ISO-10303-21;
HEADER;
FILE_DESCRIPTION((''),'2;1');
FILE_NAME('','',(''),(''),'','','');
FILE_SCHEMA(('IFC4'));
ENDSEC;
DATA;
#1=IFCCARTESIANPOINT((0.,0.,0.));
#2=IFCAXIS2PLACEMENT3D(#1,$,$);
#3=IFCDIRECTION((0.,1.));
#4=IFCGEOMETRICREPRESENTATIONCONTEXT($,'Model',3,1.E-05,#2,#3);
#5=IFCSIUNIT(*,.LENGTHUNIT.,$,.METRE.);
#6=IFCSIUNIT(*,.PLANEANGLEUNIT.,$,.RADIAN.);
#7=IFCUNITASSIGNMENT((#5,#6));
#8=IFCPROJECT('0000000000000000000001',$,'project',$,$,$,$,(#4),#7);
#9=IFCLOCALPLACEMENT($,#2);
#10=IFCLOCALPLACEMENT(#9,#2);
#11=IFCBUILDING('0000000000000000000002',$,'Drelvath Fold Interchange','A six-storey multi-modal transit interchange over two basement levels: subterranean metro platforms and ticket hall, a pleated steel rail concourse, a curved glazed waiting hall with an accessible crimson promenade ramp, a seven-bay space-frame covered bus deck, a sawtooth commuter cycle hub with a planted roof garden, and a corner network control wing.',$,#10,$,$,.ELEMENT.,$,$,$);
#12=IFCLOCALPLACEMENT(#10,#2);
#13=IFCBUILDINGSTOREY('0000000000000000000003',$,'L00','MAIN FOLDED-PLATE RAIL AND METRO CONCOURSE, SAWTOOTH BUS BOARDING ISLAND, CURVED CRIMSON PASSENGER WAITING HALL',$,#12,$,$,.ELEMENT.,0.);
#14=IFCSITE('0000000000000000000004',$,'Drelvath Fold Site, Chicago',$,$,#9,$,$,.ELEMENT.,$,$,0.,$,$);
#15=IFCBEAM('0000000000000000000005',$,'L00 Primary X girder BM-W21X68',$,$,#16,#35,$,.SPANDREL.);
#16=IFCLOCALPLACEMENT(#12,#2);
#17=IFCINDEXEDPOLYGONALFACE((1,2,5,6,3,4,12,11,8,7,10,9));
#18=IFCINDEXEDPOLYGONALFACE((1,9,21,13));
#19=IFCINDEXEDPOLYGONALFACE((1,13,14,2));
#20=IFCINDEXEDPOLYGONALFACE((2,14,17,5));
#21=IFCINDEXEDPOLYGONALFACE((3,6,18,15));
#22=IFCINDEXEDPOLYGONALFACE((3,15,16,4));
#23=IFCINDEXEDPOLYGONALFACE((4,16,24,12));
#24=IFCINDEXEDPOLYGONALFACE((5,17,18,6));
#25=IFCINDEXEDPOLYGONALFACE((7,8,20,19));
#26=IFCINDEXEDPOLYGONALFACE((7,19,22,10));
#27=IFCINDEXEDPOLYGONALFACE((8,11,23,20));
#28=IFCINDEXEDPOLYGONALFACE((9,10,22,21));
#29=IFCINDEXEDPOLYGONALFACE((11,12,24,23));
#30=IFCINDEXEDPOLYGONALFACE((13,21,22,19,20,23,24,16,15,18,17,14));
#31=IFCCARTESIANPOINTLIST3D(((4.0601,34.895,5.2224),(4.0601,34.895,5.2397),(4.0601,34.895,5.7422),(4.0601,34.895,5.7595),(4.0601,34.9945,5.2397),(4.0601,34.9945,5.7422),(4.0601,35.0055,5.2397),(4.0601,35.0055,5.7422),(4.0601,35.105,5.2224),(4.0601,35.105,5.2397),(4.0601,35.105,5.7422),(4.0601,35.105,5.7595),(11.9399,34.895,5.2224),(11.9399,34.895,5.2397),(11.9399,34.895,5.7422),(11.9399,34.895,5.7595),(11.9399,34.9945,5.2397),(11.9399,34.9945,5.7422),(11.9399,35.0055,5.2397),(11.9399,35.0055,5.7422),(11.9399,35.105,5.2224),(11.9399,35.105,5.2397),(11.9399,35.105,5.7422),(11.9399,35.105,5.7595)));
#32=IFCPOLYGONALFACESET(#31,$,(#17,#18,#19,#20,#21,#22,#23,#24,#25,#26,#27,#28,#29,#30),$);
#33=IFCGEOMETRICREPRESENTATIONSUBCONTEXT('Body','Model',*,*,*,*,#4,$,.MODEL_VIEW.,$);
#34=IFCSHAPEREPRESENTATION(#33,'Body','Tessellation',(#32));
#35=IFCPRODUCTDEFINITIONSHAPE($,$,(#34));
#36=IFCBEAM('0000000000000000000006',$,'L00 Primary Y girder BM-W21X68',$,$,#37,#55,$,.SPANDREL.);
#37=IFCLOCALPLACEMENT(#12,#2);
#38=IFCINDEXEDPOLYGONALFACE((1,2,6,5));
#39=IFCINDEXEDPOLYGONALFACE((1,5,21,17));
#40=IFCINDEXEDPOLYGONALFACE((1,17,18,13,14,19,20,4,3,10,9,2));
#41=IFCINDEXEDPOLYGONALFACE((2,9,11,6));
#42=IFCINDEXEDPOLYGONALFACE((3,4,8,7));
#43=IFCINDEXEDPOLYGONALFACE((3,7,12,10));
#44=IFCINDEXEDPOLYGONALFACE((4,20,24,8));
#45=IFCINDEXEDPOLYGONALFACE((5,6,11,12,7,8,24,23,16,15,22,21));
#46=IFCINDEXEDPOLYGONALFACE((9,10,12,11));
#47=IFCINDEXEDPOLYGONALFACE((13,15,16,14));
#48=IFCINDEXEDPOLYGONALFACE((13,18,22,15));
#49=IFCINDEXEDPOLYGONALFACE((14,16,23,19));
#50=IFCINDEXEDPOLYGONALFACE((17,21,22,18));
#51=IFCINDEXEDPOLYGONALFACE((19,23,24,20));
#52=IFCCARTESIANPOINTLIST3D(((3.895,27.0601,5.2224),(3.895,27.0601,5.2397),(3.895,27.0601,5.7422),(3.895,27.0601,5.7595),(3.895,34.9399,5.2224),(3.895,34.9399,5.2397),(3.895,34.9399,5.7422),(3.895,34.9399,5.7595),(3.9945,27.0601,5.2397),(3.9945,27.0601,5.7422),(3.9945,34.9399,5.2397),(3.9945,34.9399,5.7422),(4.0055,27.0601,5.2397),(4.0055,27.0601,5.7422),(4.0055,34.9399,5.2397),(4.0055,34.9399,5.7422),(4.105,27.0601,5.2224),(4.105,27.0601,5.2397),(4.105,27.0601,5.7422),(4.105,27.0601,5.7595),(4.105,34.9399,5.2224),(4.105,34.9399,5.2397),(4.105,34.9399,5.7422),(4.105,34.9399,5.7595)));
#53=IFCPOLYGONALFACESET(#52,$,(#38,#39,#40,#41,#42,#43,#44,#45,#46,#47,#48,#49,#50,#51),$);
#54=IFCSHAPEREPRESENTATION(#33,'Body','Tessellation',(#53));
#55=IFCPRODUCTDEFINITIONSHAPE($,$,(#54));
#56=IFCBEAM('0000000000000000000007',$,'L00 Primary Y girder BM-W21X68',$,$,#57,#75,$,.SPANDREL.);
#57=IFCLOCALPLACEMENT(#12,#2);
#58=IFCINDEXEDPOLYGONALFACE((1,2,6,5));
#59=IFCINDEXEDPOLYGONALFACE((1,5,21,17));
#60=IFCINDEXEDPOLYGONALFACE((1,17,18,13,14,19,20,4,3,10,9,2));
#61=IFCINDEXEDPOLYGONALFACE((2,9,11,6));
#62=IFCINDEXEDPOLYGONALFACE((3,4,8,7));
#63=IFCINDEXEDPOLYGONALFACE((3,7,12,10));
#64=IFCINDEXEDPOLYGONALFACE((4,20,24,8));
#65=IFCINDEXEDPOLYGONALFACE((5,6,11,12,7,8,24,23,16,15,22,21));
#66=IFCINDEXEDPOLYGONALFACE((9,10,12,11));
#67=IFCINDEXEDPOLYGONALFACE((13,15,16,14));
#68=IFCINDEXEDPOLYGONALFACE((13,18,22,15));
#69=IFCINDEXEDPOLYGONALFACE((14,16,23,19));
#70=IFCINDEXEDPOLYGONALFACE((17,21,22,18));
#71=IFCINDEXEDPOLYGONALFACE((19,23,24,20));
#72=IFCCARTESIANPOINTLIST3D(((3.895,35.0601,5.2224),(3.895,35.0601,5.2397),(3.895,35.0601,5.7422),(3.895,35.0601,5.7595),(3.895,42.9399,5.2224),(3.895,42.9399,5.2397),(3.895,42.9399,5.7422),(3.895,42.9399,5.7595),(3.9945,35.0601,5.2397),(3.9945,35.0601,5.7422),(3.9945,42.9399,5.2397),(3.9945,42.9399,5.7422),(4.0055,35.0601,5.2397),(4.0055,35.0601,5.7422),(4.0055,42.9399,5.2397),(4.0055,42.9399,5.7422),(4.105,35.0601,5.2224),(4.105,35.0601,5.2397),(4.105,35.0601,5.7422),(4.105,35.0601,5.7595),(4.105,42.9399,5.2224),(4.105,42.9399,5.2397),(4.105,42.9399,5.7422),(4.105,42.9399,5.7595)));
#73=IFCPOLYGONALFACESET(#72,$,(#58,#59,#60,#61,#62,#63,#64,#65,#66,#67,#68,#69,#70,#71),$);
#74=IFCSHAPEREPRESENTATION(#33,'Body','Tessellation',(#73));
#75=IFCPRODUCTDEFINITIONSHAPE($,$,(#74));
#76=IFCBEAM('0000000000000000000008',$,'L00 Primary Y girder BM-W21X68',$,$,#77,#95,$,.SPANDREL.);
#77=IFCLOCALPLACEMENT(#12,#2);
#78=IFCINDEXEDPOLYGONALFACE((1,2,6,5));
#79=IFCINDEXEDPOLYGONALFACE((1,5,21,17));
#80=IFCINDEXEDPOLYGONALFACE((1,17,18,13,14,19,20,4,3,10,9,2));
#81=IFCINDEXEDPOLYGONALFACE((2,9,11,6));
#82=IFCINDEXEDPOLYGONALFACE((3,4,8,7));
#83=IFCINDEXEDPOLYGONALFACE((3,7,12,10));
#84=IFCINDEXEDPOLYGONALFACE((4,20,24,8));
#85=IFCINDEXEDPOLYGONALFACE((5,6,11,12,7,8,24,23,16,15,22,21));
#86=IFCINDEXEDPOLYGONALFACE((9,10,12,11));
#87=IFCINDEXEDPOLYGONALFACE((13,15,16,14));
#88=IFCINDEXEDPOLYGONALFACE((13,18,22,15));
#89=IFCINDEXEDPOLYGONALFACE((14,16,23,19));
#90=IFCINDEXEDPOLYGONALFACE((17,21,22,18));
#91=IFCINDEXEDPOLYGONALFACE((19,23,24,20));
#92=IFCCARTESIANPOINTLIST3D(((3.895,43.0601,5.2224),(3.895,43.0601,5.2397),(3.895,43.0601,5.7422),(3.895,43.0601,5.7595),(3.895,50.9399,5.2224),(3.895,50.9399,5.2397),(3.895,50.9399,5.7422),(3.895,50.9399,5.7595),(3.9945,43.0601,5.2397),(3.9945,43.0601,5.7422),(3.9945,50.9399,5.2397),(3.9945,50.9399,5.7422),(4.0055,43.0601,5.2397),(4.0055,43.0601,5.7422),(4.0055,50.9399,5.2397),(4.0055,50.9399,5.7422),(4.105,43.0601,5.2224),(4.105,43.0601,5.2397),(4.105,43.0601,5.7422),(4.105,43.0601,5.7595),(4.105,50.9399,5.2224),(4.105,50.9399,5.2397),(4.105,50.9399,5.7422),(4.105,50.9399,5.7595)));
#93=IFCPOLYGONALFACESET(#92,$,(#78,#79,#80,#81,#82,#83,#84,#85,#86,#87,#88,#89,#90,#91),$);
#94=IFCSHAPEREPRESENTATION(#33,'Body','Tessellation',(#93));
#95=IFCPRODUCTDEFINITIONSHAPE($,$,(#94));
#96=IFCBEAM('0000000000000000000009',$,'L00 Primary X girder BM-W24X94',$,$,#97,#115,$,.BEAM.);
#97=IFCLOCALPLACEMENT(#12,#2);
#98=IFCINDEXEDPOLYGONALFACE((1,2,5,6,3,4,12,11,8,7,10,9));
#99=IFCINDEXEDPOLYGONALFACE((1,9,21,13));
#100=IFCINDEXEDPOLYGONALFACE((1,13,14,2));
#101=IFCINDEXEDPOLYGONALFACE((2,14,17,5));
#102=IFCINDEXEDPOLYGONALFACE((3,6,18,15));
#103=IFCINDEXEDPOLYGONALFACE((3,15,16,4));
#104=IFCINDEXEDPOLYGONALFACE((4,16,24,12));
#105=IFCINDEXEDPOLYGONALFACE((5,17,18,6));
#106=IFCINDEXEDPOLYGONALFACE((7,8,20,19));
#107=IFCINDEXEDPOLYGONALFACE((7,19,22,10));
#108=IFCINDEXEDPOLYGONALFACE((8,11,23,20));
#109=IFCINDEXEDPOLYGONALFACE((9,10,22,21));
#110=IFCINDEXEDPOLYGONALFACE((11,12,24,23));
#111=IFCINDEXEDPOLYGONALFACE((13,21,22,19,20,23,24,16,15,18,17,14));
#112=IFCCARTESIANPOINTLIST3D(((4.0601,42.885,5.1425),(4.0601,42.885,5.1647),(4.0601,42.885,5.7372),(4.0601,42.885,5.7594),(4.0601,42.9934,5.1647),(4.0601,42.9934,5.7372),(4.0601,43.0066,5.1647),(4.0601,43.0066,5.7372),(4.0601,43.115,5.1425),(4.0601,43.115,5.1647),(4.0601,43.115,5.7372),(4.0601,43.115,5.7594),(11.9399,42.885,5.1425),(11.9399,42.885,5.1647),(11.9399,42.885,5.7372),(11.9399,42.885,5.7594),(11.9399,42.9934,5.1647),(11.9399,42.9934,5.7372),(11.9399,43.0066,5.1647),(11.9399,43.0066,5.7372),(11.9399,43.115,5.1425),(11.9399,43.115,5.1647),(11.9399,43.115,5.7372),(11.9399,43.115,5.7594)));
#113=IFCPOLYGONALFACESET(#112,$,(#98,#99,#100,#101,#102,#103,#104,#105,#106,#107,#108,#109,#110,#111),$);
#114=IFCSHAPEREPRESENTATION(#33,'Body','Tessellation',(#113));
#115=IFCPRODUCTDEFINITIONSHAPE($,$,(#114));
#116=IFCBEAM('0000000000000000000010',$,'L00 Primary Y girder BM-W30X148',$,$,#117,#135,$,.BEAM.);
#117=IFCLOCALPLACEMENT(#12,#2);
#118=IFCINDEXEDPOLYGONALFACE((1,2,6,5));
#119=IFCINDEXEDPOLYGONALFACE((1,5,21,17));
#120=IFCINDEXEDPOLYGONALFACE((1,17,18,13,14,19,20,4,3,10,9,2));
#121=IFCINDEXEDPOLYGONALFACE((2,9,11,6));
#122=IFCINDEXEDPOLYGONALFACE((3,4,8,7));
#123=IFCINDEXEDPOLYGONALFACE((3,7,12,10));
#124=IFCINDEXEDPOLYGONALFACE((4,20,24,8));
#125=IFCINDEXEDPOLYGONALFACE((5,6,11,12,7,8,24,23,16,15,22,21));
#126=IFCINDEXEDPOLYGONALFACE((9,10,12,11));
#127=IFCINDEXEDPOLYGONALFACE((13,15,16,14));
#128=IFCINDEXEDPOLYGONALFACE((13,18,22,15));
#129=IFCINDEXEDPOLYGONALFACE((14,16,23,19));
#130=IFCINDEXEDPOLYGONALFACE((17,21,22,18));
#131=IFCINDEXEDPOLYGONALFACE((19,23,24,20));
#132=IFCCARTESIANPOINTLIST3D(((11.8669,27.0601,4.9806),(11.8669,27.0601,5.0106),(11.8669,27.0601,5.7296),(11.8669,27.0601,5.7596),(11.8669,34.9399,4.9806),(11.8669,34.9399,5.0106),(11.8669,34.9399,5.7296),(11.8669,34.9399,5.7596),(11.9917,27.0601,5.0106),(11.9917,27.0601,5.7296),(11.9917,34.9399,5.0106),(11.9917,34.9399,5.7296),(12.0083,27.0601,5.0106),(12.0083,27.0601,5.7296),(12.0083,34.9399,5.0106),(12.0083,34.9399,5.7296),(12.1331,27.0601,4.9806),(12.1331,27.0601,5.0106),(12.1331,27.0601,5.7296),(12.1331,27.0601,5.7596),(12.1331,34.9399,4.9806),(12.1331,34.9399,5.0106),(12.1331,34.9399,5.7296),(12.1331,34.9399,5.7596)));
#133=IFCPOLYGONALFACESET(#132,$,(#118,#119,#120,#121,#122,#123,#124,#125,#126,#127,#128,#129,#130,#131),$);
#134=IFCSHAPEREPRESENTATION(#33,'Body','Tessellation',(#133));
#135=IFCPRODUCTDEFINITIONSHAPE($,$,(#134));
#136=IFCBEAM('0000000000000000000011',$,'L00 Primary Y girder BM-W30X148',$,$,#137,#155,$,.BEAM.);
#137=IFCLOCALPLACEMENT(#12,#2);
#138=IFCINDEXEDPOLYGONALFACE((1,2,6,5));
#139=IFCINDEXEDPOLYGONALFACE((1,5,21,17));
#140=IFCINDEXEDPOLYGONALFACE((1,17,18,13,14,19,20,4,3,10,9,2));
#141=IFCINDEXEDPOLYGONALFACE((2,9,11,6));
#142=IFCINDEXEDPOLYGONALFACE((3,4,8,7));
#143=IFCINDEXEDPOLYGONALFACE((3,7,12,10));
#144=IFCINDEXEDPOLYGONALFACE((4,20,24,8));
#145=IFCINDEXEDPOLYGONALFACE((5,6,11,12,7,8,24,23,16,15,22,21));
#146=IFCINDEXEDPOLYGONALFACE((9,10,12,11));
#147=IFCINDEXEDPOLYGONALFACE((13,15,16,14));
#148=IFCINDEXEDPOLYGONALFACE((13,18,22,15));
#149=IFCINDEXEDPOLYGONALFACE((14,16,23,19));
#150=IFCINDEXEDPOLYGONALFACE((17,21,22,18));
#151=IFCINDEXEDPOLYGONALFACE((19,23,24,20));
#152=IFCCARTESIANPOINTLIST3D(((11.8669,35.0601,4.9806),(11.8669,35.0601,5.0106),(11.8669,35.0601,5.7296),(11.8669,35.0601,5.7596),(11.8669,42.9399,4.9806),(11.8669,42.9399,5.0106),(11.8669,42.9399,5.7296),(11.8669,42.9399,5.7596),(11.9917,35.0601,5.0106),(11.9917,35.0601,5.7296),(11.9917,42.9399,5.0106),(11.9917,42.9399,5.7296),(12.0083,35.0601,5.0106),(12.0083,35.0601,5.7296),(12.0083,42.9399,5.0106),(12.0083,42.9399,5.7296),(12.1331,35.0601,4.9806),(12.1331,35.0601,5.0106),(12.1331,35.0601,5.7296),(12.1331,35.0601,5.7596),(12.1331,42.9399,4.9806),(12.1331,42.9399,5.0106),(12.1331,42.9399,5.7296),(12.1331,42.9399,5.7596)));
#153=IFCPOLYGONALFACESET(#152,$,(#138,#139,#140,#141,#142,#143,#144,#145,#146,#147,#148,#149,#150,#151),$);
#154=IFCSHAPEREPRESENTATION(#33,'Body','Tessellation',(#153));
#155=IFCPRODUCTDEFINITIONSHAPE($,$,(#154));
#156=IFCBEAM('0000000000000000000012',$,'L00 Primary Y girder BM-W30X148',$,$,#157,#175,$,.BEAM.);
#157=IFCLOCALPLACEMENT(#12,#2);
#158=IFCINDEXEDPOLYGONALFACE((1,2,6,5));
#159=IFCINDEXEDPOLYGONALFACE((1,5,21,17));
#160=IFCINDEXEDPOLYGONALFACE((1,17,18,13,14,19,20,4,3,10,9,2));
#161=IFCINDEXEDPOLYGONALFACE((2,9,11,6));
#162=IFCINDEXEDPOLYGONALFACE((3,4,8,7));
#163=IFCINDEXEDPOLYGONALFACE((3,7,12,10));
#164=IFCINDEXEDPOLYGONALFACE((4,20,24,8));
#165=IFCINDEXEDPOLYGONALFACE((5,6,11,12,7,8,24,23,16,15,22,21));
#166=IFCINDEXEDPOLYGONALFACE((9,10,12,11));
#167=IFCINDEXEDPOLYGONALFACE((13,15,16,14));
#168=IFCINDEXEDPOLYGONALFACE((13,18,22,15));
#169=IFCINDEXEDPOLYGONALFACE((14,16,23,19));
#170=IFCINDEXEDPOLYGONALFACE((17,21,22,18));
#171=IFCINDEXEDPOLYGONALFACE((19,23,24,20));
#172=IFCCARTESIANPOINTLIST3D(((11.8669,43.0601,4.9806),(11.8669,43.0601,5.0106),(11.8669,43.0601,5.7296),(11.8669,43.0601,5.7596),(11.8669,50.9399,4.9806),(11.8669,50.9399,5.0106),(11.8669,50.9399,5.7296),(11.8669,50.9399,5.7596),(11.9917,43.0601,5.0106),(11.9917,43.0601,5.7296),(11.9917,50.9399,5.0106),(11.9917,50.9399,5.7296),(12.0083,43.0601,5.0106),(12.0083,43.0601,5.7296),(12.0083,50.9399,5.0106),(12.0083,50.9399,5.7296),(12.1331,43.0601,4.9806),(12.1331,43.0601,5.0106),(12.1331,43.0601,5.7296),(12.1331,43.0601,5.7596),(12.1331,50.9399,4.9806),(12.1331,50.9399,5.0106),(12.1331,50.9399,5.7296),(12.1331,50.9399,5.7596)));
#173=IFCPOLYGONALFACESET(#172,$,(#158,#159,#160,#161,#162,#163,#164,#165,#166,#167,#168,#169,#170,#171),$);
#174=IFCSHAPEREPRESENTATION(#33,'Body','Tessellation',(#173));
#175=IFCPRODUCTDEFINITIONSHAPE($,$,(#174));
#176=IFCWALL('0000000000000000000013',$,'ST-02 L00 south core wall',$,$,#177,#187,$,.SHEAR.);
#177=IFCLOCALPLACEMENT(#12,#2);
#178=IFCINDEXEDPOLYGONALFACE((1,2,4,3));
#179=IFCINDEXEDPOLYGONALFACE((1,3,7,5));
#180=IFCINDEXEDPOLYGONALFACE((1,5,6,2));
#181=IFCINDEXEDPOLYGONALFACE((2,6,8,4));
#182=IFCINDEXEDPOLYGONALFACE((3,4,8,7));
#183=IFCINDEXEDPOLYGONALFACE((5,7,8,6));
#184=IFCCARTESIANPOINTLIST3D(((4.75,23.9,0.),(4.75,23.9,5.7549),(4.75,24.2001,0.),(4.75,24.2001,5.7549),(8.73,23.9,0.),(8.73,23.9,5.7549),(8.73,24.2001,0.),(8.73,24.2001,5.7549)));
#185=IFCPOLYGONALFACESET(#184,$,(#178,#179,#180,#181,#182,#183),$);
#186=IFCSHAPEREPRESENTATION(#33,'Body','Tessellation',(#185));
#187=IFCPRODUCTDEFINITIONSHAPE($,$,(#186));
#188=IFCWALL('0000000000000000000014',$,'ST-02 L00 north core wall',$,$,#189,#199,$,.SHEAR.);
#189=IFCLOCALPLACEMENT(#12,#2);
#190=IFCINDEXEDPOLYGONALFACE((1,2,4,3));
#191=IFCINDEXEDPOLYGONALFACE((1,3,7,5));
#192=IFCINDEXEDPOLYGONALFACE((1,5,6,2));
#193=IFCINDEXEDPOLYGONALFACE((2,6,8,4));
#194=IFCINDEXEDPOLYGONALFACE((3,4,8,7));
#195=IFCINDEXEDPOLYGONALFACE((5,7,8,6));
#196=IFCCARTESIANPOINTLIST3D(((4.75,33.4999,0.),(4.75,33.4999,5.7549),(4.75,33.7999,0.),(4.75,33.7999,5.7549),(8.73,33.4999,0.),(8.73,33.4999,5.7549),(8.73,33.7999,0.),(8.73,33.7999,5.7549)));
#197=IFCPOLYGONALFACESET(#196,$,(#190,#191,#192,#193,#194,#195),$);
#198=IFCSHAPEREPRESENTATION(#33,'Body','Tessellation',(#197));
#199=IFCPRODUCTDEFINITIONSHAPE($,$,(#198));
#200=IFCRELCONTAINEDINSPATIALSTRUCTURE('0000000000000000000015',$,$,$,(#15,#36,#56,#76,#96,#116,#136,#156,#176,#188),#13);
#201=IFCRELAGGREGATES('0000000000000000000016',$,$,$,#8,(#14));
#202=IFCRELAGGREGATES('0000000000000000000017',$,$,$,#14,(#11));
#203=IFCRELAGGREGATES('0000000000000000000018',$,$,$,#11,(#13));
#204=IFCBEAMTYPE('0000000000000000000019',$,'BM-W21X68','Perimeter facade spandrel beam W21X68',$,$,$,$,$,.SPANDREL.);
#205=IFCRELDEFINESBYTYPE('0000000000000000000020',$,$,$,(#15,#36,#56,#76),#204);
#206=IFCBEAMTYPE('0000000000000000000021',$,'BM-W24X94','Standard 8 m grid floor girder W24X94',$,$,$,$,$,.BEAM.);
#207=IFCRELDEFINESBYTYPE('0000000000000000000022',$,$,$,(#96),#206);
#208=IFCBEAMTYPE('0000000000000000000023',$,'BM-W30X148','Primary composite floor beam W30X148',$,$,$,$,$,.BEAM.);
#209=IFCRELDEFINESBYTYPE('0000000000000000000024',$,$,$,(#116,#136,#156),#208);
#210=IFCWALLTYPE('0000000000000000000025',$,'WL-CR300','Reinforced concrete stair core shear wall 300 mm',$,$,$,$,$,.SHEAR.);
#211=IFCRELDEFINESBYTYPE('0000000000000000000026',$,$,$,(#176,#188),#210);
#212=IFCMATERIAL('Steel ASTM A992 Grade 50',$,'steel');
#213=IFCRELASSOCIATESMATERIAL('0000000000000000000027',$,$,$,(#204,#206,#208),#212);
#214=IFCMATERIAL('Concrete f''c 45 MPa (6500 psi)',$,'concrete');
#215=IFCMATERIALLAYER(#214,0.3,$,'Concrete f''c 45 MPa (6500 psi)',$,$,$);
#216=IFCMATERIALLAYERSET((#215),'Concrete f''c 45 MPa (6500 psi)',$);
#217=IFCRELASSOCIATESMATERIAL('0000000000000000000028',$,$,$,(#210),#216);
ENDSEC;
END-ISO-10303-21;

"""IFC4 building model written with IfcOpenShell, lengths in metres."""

from ifc_helpers import new_model, si_unit, direction, frame, frame_2d, origin, origin_2d, place, context, subcontext, project, spatial, rectangle, i_section, extrude, material, layer, layer_set, material_profile, profile_set, type_object, element, save


model = new_model("IFC4")

# Units and contexts
model_context = context("Model", 3, precision=1e-05, world=origin(), true_north=direction((0.0, 1.0)))
body_context = subcontext(model_context, "Body", "Model", "MODEL_VIEW")
ifc_project = project(units=[si_unit("LENGTHUNIT", "METRE"), si_unit("PLANEANGLEUNIT", "RADIAN")], contexts=[model_context])

# Site, building, storey
site_placement = place(None, origin())
site = spatial("IfcSite", under=ifc_project, at=site_placement, Name="Drelvath Fold Site, Chicago", CompositionType="ELEMENT", RefElevation=0.0)
building_placement = place(site_placement, origin())
building = spatial("IfcBuilding", under=site, at=building_placement, Name="Drelvath Fold Interchange", Description="A six-storey multi-modal transit interchange over two basement levels: subterranean metro platforms and ticket hall, a pleated steel rail concourse, a curved glazed waiting hall with an accessible crimson promenade ramp, a seven-bay space-frame covered bus deck, a sawtooth commuter cycle hub with a planted roof garden, and a corner network control wing.", CompositionType="ELEMENT")
storey_placement = place(building_placement, origin())
storey = spatial("IfcBuildingStorey", under=building, at=storey_placement, Name="L00", Description="MAIN FOLDED-PLATE RAIL AND METRO CONCOURSE, SAWTOOTH BUS BOARDING ISLAND, CURVED CRIMSON PASSENGER WAITING HALL", CompositionType="ELEMENT", Elevation=0.0)

# Shared definitions
ifc_material_1 = material(Name="Steel ASTM A992 Grade 50", Category="steel")

# Beams
ifc_material_profile_1 = material_profile(ifc_material_1, i_section(OverallWidth=0.21, OverallDepth=0.5371, WebThickness=0.011, FlangeThickness=0.0173, at=origin_2d()), Name="W21X68")
ifc_profile_set_1 = profile_set([ifc_material_profile_1], Name="Steel ASTM A992 Grade 50")
beam_type_1 = type_object("IfcBeamType", Name="BM-W21X68", Description="Perimeter facade spandrel beam W21X68", PredefinedType="SPANDREL", material=ifc_profile_set_1)
for number, where, z_axis, x_axis, name in (
    (1, (4.0601, 35.0, 5.491), (1.0, 0.0, 0.0), (0.0, 1.0, 0.0), "L00 Primary X girder BM-W21X68"),
    (2, (4.0, 27.0601, 5.491), (0.0, 1.0, 0.0), (-1.0, 0.0, 0.0), "L00 Primary Y girder BM-W21X68"),
    (3, (4.0, 35.0601, 5.491), (0.0, 1.0, 0.0), (-1.0, 0.0, 0.0), "L00 Primary Y girder BM-W21X68"),
    (4, (4.0, 43.0601, 5.491), (0.0, 1.0, 0.0), (-1.0, 0.0, 0.0), "L00 Primary Y girder BM-W21X68"),
):
    element("IfcBeam", number, at=place(storey_placement, frame(where, z_axis=z_axis, x_axis=x_axis)), inside=storey, type_object=beam_type_1, Name=name, PredefinedType="SPANDREL", context=body_context, shape_type="SweptSolid", body=[
        extrude(i_section(OverallWidth=0.21, OverallDepth=0.5371, WebThickness=0.011, FlangeThickness=0.0173, at=origin_2d()), origin(), (0.0, 0.0, 1.0), 7.8799),
    ])
ifc_material_profile_2 = material_profile(ifc_material_1, i_section(OverallWidth=0.23, OverallDepth=0.6169, WebThickness=0.0132, FlangeThickness=0.0222, at=origin_2d()), Name="W24X94")
ifc_profile_set_2 = profile_set([ifc_material_profile_2], Name="Steel ASTM A992 Grade 50")
beam_type_2 = type_object("IfcBeamType", Name="BM-W24X94", Description="Standard 8 m grid floor girder W24X94", PredefinedType="BEAM", material=ifc_profile_set_2)
beam_placement = place(storey_placement, frame((4.0601, 43.0, 5.4509), z_axis=(1.0, 0.0, 0.0), x_axis=(0.0, 1.0, 0.0)))
element("IfcBeam", 5, at=beam_placement, inside=storey, type_object=beam_type_2, Name="L00 Primary X girder BM-W24X94", PredefinedType="BEAM", context=body_context, shape_type="SweptSolid", body=[
    extrude(i_section(OverallWidth=0.23, OverallDepth=0.6169, WebThickness=0.0132, FlangeThickness=0.0222, at=origin_2d()), origin(), (0.0, 0.0, 1.0), 7.8799),
])
ifc_material_profile_3 = material_profile(ifc_material_1, i_section(OverallWidth=0.2661, OverallDepth=0.7791, WebThickness=0.0166, FlangeThickness=0.03, at=origin_2d()), Name="W30X148")
ifc_profile_set_3 = profile_set([ifc_material_profile_3], Name="Steel ASTM A992 Grade 50")
beam_type_3 = type_object("IfcBeamType", Name="BM-W30X148", Description="Primary composite floor beam W30X148", PredefinedType="BEAM", material=ifc_profile_set_3)
for number, where, z_axis, x_axis, name in (
    (6, (12.0, 27.0601, 5.3701), (0.0, 1.0, 0.0), (-1.0, 0.0, 0.0), "L00 Primary Y girder BM-W30X148"),
    (7, (12.0, 35.0601, 5.3701), (0.0, 1.0, 0.0), (-1.0, 0.0, 0.0), "L00 Primary Y girder BM-W30X148"),
    (8, (12.0, 43.0601, 5.3701), (0.0, 1.0, 0.0), (-1.0, 0.0, 0.0), "L00 Primary Y girder BM-W30X148"),
):
    element("IfcBeam", number, at=place(storey_placement, frame(where, z_axis=z_axis, x_axis=x_axis)), inside=storey, type_object=beam_type_3, Name=name, PredefinedType="BEAM", context=body_context, shape_type="SweptSolid", body=[
        extrude(i_section(OverallWidth=0.2661, OverallDepth=0.7791, WebThickness=0.0166, FlangeThickness=0.03, at=origin_2d()), origin(), (0.0, 0.0, 1.0), 7.8799),
    ])

# Walls
ifc_material_2 = material(Name="Concrete f'c 45 MPa (6500 psi)", Category="concrete")
ifc_layer_1 = layer(ifc_material_2, 0.3, Name="Concrete f'c 45 MPa (6500 psi)")
ifc_layer_set_1 = layer_set([ifc_layer_1], Name="Concrete f'c 45 MPa (6500 psi)")
wall_type_1 = type_object("IfcWallType", Name="WL-CR300", Description="Reinforced concrete stair core shear wall 300 mm", PredefinedType="SHEAR", material=ifc_layer_set_1)
for number, where, z_axis, x_axis, name in (
    (9, (4.75, 24.05, 0.0), (0.0, 0.0, 1.0), (1.0, 0.0, 0.0), "ST-02 L00 south core wall"),
    (10, (8.73, 33.6499, 0.0), (0.0, 0.0, 1.0), (-1.0, 0.0, 0.0), "ST-02 L00 north core wall"),
):
    element("IfcWall", number, at=place(storey_placement, frame(where, z_axis=z_axis, x_axis=x_axis)), inside=storey, type_object=wall_type_1, Name=name, PredefinedType="SHEAR", context=body_context, shape_type="SweptSolid", body=[
        extrude(rectangle(XDim=3.98, YDim=0.3, at=frame_2d((1.99, 0.0))), origin(), (0.0, 0.0, 1.0), 5.7549),
    ])

save(model, "model.ifc")
